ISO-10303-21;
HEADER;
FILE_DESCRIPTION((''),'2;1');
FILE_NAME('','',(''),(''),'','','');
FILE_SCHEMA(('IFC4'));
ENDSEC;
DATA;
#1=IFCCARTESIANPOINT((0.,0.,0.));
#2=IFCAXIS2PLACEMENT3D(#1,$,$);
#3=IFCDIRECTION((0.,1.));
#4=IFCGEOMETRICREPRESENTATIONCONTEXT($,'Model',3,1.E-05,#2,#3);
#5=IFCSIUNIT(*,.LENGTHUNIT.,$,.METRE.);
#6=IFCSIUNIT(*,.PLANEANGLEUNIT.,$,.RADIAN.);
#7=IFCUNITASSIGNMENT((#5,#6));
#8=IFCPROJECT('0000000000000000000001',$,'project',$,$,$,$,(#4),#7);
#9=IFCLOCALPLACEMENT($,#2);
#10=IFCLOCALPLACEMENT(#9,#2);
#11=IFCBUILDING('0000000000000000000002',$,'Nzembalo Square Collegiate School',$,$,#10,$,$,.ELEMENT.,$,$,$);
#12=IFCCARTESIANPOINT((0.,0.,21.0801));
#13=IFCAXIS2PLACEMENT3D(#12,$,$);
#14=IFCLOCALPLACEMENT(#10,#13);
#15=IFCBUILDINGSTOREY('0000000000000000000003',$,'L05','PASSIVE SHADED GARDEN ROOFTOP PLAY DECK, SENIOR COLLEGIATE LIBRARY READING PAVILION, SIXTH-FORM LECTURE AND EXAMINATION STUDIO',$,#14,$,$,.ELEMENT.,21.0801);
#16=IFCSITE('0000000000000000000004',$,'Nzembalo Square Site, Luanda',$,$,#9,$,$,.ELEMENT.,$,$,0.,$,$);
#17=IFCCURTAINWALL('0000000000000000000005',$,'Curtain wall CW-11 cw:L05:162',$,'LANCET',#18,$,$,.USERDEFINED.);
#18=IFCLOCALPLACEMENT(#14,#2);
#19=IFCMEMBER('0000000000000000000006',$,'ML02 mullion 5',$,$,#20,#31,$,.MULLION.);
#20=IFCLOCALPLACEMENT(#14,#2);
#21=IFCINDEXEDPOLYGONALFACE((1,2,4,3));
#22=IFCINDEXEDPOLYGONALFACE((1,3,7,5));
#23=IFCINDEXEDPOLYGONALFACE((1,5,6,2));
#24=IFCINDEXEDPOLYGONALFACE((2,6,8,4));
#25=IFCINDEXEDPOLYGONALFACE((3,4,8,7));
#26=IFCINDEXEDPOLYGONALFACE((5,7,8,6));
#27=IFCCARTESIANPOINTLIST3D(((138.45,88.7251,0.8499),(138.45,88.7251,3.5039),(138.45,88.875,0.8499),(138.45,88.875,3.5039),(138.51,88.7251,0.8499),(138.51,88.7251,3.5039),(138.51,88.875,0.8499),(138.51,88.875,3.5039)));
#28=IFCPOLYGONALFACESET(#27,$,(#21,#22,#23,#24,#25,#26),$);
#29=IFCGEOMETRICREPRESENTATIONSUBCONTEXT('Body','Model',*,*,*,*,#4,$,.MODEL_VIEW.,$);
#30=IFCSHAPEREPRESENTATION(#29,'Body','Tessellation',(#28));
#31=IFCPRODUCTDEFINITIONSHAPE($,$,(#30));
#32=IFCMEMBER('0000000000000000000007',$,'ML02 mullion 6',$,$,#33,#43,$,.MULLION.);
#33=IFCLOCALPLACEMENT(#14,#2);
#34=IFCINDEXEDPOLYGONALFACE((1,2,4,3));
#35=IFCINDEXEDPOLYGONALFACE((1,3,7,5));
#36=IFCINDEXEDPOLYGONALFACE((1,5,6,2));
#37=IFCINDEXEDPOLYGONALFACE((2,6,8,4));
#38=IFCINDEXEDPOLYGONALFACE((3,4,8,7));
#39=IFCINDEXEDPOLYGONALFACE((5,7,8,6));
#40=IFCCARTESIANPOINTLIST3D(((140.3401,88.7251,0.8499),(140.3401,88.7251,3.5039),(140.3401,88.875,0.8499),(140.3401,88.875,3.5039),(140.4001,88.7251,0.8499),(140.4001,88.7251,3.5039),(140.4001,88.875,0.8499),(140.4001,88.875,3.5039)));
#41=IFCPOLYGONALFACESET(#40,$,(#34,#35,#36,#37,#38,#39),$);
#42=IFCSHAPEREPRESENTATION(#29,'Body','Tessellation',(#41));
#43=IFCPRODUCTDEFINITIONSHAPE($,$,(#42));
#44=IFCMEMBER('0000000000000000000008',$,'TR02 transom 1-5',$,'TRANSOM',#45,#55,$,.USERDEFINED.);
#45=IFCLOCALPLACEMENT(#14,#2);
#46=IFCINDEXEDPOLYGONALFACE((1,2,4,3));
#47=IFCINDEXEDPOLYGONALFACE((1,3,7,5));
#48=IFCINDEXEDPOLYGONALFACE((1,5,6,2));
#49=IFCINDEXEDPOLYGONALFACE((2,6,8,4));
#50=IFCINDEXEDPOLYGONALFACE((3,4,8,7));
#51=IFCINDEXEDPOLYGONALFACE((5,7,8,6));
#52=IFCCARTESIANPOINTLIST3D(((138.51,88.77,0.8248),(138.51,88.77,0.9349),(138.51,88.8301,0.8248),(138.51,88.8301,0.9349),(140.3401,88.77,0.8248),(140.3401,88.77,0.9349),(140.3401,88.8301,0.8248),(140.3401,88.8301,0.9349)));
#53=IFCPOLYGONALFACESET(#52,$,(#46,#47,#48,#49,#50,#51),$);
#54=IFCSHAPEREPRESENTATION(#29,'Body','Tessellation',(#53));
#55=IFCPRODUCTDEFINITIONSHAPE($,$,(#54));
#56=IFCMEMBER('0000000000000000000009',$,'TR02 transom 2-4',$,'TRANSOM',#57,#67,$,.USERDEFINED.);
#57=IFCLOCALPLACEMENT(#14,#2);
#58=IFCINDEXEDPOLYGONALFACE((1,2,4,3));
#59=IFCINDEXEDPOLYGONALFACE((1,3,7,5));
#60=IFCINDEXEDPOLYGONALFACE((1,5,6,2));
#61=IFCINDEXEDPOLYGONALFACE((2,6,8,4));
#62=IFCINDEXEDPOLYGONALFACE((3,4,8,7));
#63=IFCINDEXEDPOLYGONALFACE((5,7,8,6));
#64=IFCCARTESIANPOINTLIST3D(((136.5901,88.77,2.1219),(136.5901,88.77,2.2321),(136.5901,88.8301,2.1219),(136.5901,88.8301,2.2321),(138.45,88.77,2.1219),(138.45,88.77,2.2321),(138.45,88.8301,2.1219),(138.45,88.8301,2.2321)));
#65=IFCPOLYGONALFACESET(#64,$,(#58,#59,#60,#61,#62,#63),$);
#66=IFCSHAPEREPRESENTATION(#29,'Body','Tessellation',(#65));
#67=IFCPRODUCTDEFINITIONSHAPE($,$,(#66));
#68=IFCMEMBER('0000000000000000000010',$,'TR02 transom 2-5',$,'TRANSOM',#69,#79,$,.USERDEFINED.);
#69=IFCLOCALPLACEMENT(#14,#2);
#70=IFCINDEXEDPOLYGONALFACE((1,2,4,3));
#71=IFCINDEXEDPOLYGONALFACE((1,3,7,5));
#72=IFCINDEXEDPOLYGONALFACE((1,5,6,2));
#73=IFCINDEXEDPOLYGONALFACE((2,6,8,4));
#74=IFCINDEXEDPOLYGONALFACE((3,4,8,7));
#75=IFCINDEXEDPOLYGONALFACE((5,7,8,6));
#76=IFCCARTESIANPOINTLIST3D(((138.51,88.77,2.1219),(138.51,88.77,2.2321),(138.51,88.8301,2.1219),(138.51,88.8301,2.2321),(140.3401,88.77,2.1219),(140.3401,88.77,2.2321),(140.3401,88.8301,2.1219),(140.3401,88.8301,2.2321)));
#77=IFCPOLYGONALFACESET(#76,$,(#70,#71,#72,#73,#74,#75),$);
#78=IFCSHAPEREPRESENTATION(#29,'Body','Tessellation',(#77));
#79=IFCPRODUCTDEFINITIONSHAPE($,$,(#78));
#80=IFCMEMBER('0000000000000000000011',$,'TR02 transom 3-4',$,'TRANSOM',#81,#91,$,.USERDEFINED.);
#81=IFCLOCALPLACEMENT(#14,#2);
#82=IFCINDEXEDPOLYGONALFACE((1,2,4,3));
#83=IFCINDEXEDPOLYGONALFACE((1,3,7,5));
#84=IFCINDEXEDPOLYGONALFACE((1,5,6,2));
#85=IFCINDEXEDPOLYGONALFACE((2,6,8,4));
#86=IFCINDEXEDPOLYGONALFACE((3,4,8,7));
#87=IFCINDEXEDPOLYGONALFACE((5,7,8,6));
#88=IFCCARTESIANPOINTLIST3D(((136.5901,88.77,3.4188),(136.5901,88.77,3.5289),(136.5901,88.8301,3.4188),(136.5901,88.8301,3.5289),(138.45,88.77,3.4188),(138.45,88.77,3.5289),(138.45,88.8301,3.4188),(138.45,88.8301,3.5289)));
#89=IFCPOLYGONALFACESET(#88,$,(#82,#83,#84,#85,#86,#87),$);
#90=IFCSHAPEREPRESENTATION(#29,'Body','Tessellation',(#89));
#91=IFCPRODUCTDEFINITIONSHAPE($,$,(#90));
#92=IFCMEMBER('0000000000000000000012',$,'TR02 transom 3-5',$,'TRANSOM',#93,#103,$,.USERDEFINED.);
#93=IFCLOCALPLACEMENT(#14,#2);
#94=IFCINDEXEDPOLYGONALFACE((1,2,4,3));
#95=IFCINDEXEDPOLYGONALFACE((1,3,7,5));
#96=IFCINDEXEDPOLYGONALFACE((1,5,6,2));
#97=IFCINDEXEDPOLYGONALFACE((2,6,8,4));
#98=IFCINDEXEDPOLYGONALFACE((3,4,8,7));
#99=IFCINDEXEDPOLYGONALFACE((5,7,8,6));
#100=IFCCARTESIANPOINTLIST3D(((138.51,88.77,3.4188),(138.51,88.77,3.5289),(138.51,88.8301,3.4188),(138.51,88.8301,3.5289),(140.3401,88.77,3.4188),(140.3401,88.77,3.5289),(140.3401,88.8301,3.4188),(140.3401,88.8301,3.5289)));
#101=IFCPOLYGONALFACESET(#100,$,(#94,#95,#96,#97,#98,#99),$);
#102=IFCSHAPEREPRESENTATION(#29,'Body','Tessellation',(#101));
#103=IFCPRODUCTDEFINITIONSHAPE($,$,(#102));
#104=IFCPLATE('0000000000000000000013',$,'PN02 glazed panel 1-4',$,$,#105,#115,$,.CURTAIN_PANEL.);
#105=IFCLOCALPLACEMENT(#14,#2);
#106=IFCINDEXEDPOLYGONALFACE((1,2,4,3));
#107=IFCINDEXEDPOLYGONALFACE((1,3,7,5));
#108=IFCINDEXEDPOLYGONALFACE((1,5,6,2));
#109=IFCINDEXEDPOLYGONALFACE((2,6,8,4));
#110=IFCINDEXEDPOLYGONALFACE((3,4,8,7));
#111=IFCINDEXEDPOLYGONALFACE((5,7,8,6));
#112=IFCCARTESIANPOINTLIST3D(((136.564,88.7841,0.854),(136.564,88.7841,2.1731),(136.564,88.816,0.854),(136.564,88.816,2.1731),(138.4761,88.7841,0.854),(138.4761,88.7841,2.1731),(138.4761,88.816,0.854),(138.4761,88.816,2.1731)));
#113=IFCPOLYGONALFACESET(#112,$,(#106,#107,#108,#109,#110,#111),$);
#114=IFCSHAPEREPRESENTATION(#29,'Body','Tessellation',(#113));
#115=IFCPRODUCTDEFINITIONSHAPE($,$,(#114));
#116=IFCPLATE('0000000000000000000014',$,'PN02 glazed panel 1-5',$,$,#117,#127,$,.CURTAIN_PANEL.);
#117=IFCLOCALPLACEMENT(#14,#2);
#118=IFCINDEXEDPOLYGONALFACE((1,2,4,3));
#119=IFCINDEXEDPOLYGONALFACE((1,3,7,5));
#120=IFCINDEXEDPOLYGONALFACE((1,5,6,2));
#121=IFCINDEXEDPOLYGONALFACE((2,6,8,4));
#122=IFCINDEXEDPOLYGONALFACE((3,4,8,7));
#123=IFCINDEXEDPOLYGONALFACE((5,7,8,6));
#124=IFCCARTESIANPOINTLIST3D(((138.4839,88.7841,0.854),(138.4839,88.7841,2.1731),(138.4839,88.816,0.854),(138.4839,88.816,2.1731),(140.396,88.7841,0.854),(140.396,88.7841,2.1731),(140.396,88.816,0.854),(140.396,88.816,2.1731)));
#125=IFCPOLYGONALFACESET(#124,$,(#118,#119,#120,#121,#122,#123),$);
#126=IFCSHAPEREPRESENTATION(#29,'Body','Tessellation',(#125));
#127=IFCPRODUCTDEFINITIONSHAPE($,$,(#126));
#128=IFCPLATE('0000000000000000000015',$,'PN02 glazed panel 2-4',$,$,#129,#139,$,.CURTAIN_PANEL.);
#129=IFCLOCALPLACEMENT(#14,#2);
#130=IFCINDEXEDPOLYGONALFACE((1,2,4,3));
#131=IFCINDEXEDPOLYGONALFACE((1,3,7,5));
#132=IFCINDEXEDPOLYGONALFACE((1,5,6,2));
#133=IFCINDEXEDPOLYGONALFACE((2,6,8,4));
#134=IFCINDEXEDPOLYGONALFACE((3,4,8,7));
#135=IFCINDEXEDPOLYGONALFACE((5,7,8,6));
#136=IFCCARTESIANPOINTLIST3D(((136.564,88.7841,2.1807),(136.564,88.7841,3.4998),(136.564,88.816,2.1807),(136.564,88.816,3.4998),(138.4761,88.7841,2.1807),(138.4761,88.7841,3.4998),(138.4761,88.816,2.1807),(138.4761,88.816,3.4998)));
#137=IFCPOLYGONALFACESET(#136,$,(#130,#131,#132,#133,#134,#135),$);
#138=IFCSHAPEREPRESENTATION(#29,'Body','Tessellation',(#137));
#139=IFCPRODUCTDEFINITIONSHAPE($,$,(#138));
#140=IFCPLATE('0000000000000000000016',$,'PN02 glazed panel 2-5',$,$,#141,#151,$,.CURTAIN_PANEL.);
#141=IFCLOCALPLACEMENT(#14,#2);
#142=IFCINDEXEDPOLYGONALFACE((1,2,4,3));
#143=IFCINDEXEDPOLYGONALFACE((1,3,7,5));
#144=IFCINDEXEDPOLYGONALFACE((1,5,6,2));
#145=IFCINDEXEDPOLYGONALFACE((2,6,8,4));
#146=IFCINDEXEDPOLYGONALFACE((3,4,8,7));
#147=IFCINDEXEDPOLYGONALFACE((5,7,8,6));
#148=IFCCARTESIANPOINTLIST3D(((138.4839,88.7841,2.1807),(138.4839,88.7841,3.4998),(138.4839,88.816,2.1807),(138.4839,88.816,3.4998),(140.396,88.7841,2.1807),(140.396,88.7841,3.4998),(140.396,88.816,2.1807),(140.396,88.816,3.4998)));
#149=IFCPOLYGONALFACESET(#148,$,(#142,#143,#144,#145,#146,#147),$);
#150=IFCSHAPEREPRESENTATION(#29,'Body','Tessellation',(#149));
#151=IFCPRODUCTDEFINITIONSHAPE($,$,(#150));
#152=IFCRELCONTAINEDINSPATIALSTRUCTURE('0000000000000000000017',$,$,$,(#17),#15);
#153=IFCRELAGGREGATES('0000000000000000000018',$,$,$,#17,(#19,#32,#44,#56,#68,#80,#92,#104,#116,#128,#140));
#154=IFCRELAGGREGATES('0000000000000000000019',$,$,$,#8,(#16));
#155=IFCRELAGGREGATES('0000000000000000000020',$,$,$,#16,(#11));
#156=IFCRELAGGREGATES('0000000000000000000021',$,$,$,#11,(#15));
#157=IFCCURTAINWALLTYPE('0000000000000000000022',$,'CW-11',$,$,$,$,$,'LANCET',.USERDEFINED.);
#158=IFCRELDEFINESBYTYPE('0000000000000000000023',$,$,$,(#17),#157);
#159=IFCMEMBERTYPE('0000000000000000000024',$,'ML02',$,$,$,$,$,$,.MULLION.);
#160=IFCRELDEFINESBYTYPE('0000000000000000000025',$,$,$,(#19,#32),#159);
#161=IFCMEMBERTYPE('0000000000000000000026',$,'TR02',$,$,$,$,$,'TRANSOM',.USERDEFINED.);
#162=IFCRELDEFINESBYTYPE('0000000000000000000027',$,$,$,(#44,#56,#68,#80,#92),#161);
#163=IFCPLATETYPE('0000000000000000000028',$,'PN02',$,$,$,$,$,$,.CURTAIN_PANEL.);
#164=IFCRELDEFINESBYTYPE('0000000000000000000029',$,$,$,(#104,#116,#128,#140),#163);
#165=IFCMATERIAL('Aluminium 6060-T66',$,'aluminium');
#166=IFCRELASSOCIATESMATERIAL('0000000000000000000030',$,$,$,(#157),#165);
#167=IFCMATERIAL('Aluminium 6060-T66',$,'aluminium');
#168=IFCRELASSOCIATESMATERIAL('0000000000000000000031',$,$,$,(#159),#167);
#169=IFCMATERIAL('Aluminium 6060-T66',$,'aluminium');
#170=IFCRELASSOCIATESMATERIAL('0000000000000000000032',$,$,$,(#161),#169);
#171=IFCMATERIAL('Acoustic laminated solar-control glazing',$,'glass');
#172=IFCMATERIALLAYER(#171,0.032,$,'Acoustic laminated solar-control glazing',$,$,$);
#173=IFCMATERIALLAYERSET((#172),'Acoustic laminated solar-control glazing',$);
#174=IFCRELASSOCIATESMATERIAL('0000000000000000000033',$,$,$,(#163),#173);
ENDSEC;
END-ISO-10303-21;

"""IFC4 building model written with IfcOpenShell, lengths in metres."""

from ifc_helpers import new_model, si_unit, direction, frame, origin, origin_2d, place, context, subcontext, project, spatial, rectangle, extrude, material, layer, layer_set, material_profile, profile_set, type_object, element, aggregate, save


model = new_model("IFC4")

# Units and contexts
model_context = context("Model", 3, precision=1e-05, world=origin(), true_north=direction((0.0, 1.0)))
body_context = subcontext(model_context, "Body", "Model", "MODEL_VIEW")
ifc_project = project(units=[si_unit("LENGTHUNIT", "METRE"), si_unit("PLANEANGLEUNIT", "RADIAN")], contexts=[model_context])

# Site, building, storey
site_placement = place(None, origin())
site = spatial("IfcSite", under=ifc_project, at=site_placement, Name="Nzembalo Square Site, Luanda", CompositionType="ELEMENT", RefElevation=0.0)
building_placement = place(site_placement, origin())
building = spatial("IfcBuilding", under=site, at=building_placement, Name="Nzembalo Square Collegiate School", CompositionType="ELEMENT")
storey_placement = place(building_placement, frame((0.0, 0.0, 21.0801)))
storey = spatial("IfcBuildingStorey", under=building, at=storey_placement, Name="L05", Description="PASSIVE SHADED GARDEN ROOFTOP PLAY DECK, SENIOR COLLEGIATE LIBRARY READING PAVILION, SIXTH-FORM LECTURE AND EXAMINATION STUDIO", CompositionType="ELEMENT", Elevation=21.0801)

# Curtain wall, members, plates
ifc_material_1 = material(Name="Aluminium 6060-T66", Category="aluminium")
curtain_wall_type = type_object("IfcCurtainWallType", Name="CW-11", ElementType="LANCET", PredefinedType="USERDEFINED", material=ifc_material_1)
curtain_wall_placement = place(storey_placement, origin())
curtain_wall = element("IfcCurtainWall", 1, at=curtain_wall_placement, inside=storey, type_object=curtain_wall_type, Name="Curtain wall CW-11 cw:L05:162", ObjectType="LANCET", PredefinedType="USERDEFINED")
ifc_material_2 = material(Name="Aluminium 6060-T66", Category="aluminium")
ifc_material_profile_1 = material_profile(ifc_material_2, rectangle(XDim=0.0601, YDim=0.1499, at=origin_2d()), Name="ALU M60x150")
ifc_profile_set_1 = profile_set([ifc_material_profile_1], Name="Aluminium 6060-T66")
member_type_1 = type_object("IfcMemberType", Name="ML02", PredefinedType="MULLION", material=ifc_profile_set_1)
member_1_placement = place(storey_placement, frame((138.48, 88.8, 0.8499), z_axis=(0.0, 0.0, 1.0), x_axis=(1.0, 0.0, 0.0)))
member_1 = element("IfcMember", 2, at=member_1_placement, type_object=member_type_1, Name="ML02 mullion 5", PredefinedType="MULLION", context=body_context, shape_type="SweptSolid", body=[
    extrude(rectangle(XDim=0.0601, YDim=0.1499, at=origin_2d()), origin(), (0.0, 0.0, 1.0), 2.6541),
])
member_2_placement = place(storey_placement, frame((140.3701, 88.8, 0.8499), z_axis=(0.0, 0.0, 1.0), x_axis=(1.0, 0.0, 0.0)))
member_2 = element("IfcMember", 3, at=member_2_placement, type_object=member_type_1, Name="ML02 mullion 6", PredefinedType="MULLION", context=body_context, shape_type="SweptSolid", body=[
    extrude(rectangle(XDim=0.0601, YDim=0.1499, at=origin_2d()), origin(), (0.0, 0.0, 1.0), 2.6541),
])
ifc_material_3 = material(Name="Aluminium 6060-T66", Category="aluminium")
ifc_material_profile_2 = material_profile(ifc_material_3, rectangle(XDim=0.0601, YDim=0.1101, at=origin_2d()), Name="ALU T60x110")
ifc_profile_set_2 = profile_set([ifc_material_profile_2], Name="Aluminium 6060-T66")
member_type_2 = type_object("IfcMemberType", Name="TR02", ElementType="TRANSOM", PredefinedType="USERDEFINED", material=ifc_profile_set_2)
member_3_placement = place(storey_placement, frame((138.51, 88.8, 0.8799), z_axis=(1.0, 0.0, 0.0), x_axis=(0.0, 1.0, 0.0)))
member_3 = element("IfcMember", 4, at=member_3_placement, type_object=member_type_2, Name="TR02 transom 1-5", ObjectType="TRANSOM", PredefinedType="USERDEFINED", context=body_context, shape_type="SweptSolid", body=[
    extrude(rectangle(XDim=0.0601, YDim=0.1101, at=origin_2d()), origin(), (0.0, 0.0, 1.0), 1.8301),
])
member_4_placement = place(storey_placement, frame((136.5901, 88.8, 2.177), z_axis=(1.0, 0.0, 0.0), x_axis=(0.0, 1.0, 0.0)))
member_4 = element("IfcMember", 5, at=member_4_placement, type_object=member_type_2, Name="TR02 transom 2-4", ObjectType="TRANSOM", PredefinedType="USERDEFINED", context=body_context, shape_type="SweptSolid", body=[
    extrude(rectangle(XDim=0.0601, YDim=0.1101, at=origin_2d()), origin(), (0.0, 0.0, 1.0), 1.8599),
])
member_5_placement = place(storey_placement, frame((138.51, 88.8, 2.177), z_axis=(1.0, 0.0, 0.0), x_axis=(0.0, 1.0, 0.0)))
member_5 = element("IfcMember", 6, at=member_5_placement, type_object=member_type_2, Name="TR02 transom 2-5", ObjectType="TRANSOM", PredefinedType="USERDEFINED", context=body_context, shape_type="SweptSolid", body=[
    extrude(rectangle(XDim=0.0601, YDim=0.1101, at=origin_2d()), origin(), (0.0, 0.0, 1.0), 1.8301),
])
member_6_placement = place(storey_placement, frame((136.5901, 88.8, 3.4739), z_axis=(1.0, 0.0, 0.0), x_axis=(0.0, 1.0, 0.0)))
member_6 = element("IfcMember", 7, at=member_6_placement, type_object=member_type_2, Name="TR02 transom 3-4", ObjectType="TRANSOM", PredefinedType="USERDEFINED", context=body_context, shape_type="SweptSolid", body=[
    extrude(rectangle(XDim=0.0601, YDim=0.1101, at=origin_2d()), origin(), (0.0, 0.0, 1.0), 1.8599),
])
member_7_placement = place(storey_placement, frame((138.51, 88.8, 3.4739), z_axis=(1.0, 0.0, 0.0), x_axis=(0.0, 1.0, 0.0)))
member_7 = element("IfcMember", 8, at=member_7_placement, type_object=member_type_2, Name="TR02 transom 3-5", ObjectType="TRANSOM", PredefinedType="USERDEFINED", context=body_context, shape_type="SweptSolid", body=[
    extrude(rectangle(XDim=0.0601, YDim=0.1101, at=origin_2d()), origin(), (0.0, 0.0, 1.0), 1.8301),
])
ifc_material_4 = material(Name="Acoustic laminated solar-control glazing", Category="glass")
ifc_layer_1 = layer(ifc_material_4, 0.032, Name="Acoustic laminated solar-control glazing")
ifc_layer_set_1 = layer_set([ifc_layer_1], Name="Acoustic laminated solar-control glazing")
plate_type = type_object("IfcPlateType", Name="PN02", PredefinedType="CURTAIN_PANEL", material=ifc_layer_set_1)
plate_1_placement = place(storey_placement, frame((137.52, 88.8, 0.854), z_axis=(0.0, 0.0, 1.0), x_axis=(1.0, 0.0, 0.0)))
plate_1 = element("IfcPlate", 9, at=plate_1_placement, type_object=plate_type, Name="PN02 glazed panel 1-4", PredefinedType="CURTAIN_PANEL", context=body_context, shape_type="SweptSolid", body=[
    extrude(rectangle(XDim=1.9121, YDim=0.032, at=origin_2d()), origin(), (0.0, 0.0, 1.0), 1.3191),
])
plate_2_placement = place(storey_placement, frame((139.4399, 88.8, 0.854), z_axis=(0.0, 0.0, 1.0), x_axis=(1.0, 0.0, 0.0)))
plate_2 = element("IfcPlate", 10, at=plate_2_placement, type_object=plate_type, Name="PN02 glazed panel 1-5", PredefinedType="CURTAIN_PANEL", context=body_context, shape_type="SweptSolid", body=[
    extrude(rectangle(XDim=1.9121, YDim=0.032, at=origin_2d()), origin(), (0.0, 0.0, 1.0), 1.3191),
])
plate_3_placement = place(storey_placement, frame((137.52, 88.8, 2.1807), z_axis=(0.0, 0.0, 1.0), x_axis=(1.0, 0.0, 0.0)))
plate_3 = element("IfcPlate", 11, at=plate_3_placement, type_object=plate_type, Name="PN02 glazed panel 2-4", PredefinedType="CURTAIN_PANEL", context=body_context, shape_type="SweptSolid", body=[
    extrude(rectangle(XDim=1.9121, YDim=0.032, at=origin_2d()), origin(), (0.0, 0.0, 1.0), 1.3191),
])
plate_4_placement = place(storey_placement, frame((139.4399, 88.8, 2.1807), z_axis=(0.0, 0.0, 1.0), x_axis=(1.0, 0.0, 0.0)))
plate_4 = element("IfcPlate", 12, at=plate_4_placement, type_object=plate_type, Name="PN02 glazed panel 2-5", PredefinedType="CURTAIN_PANEL", context=body_context, shape_type="SweptSolid", body=[
    extrude(rectangle(XDim=1.9121, YDim=0.032, at=origin_2d()), origin(), (0.0, 0.0, 1.0), 1.3191),
])
aggregate(curtain_wall, [member_1, member_2, member_3, member_4, member_5, member_6, member_7, plate_1, plate_2, plate_3, plate_4])

save(model, "model.ifc")
